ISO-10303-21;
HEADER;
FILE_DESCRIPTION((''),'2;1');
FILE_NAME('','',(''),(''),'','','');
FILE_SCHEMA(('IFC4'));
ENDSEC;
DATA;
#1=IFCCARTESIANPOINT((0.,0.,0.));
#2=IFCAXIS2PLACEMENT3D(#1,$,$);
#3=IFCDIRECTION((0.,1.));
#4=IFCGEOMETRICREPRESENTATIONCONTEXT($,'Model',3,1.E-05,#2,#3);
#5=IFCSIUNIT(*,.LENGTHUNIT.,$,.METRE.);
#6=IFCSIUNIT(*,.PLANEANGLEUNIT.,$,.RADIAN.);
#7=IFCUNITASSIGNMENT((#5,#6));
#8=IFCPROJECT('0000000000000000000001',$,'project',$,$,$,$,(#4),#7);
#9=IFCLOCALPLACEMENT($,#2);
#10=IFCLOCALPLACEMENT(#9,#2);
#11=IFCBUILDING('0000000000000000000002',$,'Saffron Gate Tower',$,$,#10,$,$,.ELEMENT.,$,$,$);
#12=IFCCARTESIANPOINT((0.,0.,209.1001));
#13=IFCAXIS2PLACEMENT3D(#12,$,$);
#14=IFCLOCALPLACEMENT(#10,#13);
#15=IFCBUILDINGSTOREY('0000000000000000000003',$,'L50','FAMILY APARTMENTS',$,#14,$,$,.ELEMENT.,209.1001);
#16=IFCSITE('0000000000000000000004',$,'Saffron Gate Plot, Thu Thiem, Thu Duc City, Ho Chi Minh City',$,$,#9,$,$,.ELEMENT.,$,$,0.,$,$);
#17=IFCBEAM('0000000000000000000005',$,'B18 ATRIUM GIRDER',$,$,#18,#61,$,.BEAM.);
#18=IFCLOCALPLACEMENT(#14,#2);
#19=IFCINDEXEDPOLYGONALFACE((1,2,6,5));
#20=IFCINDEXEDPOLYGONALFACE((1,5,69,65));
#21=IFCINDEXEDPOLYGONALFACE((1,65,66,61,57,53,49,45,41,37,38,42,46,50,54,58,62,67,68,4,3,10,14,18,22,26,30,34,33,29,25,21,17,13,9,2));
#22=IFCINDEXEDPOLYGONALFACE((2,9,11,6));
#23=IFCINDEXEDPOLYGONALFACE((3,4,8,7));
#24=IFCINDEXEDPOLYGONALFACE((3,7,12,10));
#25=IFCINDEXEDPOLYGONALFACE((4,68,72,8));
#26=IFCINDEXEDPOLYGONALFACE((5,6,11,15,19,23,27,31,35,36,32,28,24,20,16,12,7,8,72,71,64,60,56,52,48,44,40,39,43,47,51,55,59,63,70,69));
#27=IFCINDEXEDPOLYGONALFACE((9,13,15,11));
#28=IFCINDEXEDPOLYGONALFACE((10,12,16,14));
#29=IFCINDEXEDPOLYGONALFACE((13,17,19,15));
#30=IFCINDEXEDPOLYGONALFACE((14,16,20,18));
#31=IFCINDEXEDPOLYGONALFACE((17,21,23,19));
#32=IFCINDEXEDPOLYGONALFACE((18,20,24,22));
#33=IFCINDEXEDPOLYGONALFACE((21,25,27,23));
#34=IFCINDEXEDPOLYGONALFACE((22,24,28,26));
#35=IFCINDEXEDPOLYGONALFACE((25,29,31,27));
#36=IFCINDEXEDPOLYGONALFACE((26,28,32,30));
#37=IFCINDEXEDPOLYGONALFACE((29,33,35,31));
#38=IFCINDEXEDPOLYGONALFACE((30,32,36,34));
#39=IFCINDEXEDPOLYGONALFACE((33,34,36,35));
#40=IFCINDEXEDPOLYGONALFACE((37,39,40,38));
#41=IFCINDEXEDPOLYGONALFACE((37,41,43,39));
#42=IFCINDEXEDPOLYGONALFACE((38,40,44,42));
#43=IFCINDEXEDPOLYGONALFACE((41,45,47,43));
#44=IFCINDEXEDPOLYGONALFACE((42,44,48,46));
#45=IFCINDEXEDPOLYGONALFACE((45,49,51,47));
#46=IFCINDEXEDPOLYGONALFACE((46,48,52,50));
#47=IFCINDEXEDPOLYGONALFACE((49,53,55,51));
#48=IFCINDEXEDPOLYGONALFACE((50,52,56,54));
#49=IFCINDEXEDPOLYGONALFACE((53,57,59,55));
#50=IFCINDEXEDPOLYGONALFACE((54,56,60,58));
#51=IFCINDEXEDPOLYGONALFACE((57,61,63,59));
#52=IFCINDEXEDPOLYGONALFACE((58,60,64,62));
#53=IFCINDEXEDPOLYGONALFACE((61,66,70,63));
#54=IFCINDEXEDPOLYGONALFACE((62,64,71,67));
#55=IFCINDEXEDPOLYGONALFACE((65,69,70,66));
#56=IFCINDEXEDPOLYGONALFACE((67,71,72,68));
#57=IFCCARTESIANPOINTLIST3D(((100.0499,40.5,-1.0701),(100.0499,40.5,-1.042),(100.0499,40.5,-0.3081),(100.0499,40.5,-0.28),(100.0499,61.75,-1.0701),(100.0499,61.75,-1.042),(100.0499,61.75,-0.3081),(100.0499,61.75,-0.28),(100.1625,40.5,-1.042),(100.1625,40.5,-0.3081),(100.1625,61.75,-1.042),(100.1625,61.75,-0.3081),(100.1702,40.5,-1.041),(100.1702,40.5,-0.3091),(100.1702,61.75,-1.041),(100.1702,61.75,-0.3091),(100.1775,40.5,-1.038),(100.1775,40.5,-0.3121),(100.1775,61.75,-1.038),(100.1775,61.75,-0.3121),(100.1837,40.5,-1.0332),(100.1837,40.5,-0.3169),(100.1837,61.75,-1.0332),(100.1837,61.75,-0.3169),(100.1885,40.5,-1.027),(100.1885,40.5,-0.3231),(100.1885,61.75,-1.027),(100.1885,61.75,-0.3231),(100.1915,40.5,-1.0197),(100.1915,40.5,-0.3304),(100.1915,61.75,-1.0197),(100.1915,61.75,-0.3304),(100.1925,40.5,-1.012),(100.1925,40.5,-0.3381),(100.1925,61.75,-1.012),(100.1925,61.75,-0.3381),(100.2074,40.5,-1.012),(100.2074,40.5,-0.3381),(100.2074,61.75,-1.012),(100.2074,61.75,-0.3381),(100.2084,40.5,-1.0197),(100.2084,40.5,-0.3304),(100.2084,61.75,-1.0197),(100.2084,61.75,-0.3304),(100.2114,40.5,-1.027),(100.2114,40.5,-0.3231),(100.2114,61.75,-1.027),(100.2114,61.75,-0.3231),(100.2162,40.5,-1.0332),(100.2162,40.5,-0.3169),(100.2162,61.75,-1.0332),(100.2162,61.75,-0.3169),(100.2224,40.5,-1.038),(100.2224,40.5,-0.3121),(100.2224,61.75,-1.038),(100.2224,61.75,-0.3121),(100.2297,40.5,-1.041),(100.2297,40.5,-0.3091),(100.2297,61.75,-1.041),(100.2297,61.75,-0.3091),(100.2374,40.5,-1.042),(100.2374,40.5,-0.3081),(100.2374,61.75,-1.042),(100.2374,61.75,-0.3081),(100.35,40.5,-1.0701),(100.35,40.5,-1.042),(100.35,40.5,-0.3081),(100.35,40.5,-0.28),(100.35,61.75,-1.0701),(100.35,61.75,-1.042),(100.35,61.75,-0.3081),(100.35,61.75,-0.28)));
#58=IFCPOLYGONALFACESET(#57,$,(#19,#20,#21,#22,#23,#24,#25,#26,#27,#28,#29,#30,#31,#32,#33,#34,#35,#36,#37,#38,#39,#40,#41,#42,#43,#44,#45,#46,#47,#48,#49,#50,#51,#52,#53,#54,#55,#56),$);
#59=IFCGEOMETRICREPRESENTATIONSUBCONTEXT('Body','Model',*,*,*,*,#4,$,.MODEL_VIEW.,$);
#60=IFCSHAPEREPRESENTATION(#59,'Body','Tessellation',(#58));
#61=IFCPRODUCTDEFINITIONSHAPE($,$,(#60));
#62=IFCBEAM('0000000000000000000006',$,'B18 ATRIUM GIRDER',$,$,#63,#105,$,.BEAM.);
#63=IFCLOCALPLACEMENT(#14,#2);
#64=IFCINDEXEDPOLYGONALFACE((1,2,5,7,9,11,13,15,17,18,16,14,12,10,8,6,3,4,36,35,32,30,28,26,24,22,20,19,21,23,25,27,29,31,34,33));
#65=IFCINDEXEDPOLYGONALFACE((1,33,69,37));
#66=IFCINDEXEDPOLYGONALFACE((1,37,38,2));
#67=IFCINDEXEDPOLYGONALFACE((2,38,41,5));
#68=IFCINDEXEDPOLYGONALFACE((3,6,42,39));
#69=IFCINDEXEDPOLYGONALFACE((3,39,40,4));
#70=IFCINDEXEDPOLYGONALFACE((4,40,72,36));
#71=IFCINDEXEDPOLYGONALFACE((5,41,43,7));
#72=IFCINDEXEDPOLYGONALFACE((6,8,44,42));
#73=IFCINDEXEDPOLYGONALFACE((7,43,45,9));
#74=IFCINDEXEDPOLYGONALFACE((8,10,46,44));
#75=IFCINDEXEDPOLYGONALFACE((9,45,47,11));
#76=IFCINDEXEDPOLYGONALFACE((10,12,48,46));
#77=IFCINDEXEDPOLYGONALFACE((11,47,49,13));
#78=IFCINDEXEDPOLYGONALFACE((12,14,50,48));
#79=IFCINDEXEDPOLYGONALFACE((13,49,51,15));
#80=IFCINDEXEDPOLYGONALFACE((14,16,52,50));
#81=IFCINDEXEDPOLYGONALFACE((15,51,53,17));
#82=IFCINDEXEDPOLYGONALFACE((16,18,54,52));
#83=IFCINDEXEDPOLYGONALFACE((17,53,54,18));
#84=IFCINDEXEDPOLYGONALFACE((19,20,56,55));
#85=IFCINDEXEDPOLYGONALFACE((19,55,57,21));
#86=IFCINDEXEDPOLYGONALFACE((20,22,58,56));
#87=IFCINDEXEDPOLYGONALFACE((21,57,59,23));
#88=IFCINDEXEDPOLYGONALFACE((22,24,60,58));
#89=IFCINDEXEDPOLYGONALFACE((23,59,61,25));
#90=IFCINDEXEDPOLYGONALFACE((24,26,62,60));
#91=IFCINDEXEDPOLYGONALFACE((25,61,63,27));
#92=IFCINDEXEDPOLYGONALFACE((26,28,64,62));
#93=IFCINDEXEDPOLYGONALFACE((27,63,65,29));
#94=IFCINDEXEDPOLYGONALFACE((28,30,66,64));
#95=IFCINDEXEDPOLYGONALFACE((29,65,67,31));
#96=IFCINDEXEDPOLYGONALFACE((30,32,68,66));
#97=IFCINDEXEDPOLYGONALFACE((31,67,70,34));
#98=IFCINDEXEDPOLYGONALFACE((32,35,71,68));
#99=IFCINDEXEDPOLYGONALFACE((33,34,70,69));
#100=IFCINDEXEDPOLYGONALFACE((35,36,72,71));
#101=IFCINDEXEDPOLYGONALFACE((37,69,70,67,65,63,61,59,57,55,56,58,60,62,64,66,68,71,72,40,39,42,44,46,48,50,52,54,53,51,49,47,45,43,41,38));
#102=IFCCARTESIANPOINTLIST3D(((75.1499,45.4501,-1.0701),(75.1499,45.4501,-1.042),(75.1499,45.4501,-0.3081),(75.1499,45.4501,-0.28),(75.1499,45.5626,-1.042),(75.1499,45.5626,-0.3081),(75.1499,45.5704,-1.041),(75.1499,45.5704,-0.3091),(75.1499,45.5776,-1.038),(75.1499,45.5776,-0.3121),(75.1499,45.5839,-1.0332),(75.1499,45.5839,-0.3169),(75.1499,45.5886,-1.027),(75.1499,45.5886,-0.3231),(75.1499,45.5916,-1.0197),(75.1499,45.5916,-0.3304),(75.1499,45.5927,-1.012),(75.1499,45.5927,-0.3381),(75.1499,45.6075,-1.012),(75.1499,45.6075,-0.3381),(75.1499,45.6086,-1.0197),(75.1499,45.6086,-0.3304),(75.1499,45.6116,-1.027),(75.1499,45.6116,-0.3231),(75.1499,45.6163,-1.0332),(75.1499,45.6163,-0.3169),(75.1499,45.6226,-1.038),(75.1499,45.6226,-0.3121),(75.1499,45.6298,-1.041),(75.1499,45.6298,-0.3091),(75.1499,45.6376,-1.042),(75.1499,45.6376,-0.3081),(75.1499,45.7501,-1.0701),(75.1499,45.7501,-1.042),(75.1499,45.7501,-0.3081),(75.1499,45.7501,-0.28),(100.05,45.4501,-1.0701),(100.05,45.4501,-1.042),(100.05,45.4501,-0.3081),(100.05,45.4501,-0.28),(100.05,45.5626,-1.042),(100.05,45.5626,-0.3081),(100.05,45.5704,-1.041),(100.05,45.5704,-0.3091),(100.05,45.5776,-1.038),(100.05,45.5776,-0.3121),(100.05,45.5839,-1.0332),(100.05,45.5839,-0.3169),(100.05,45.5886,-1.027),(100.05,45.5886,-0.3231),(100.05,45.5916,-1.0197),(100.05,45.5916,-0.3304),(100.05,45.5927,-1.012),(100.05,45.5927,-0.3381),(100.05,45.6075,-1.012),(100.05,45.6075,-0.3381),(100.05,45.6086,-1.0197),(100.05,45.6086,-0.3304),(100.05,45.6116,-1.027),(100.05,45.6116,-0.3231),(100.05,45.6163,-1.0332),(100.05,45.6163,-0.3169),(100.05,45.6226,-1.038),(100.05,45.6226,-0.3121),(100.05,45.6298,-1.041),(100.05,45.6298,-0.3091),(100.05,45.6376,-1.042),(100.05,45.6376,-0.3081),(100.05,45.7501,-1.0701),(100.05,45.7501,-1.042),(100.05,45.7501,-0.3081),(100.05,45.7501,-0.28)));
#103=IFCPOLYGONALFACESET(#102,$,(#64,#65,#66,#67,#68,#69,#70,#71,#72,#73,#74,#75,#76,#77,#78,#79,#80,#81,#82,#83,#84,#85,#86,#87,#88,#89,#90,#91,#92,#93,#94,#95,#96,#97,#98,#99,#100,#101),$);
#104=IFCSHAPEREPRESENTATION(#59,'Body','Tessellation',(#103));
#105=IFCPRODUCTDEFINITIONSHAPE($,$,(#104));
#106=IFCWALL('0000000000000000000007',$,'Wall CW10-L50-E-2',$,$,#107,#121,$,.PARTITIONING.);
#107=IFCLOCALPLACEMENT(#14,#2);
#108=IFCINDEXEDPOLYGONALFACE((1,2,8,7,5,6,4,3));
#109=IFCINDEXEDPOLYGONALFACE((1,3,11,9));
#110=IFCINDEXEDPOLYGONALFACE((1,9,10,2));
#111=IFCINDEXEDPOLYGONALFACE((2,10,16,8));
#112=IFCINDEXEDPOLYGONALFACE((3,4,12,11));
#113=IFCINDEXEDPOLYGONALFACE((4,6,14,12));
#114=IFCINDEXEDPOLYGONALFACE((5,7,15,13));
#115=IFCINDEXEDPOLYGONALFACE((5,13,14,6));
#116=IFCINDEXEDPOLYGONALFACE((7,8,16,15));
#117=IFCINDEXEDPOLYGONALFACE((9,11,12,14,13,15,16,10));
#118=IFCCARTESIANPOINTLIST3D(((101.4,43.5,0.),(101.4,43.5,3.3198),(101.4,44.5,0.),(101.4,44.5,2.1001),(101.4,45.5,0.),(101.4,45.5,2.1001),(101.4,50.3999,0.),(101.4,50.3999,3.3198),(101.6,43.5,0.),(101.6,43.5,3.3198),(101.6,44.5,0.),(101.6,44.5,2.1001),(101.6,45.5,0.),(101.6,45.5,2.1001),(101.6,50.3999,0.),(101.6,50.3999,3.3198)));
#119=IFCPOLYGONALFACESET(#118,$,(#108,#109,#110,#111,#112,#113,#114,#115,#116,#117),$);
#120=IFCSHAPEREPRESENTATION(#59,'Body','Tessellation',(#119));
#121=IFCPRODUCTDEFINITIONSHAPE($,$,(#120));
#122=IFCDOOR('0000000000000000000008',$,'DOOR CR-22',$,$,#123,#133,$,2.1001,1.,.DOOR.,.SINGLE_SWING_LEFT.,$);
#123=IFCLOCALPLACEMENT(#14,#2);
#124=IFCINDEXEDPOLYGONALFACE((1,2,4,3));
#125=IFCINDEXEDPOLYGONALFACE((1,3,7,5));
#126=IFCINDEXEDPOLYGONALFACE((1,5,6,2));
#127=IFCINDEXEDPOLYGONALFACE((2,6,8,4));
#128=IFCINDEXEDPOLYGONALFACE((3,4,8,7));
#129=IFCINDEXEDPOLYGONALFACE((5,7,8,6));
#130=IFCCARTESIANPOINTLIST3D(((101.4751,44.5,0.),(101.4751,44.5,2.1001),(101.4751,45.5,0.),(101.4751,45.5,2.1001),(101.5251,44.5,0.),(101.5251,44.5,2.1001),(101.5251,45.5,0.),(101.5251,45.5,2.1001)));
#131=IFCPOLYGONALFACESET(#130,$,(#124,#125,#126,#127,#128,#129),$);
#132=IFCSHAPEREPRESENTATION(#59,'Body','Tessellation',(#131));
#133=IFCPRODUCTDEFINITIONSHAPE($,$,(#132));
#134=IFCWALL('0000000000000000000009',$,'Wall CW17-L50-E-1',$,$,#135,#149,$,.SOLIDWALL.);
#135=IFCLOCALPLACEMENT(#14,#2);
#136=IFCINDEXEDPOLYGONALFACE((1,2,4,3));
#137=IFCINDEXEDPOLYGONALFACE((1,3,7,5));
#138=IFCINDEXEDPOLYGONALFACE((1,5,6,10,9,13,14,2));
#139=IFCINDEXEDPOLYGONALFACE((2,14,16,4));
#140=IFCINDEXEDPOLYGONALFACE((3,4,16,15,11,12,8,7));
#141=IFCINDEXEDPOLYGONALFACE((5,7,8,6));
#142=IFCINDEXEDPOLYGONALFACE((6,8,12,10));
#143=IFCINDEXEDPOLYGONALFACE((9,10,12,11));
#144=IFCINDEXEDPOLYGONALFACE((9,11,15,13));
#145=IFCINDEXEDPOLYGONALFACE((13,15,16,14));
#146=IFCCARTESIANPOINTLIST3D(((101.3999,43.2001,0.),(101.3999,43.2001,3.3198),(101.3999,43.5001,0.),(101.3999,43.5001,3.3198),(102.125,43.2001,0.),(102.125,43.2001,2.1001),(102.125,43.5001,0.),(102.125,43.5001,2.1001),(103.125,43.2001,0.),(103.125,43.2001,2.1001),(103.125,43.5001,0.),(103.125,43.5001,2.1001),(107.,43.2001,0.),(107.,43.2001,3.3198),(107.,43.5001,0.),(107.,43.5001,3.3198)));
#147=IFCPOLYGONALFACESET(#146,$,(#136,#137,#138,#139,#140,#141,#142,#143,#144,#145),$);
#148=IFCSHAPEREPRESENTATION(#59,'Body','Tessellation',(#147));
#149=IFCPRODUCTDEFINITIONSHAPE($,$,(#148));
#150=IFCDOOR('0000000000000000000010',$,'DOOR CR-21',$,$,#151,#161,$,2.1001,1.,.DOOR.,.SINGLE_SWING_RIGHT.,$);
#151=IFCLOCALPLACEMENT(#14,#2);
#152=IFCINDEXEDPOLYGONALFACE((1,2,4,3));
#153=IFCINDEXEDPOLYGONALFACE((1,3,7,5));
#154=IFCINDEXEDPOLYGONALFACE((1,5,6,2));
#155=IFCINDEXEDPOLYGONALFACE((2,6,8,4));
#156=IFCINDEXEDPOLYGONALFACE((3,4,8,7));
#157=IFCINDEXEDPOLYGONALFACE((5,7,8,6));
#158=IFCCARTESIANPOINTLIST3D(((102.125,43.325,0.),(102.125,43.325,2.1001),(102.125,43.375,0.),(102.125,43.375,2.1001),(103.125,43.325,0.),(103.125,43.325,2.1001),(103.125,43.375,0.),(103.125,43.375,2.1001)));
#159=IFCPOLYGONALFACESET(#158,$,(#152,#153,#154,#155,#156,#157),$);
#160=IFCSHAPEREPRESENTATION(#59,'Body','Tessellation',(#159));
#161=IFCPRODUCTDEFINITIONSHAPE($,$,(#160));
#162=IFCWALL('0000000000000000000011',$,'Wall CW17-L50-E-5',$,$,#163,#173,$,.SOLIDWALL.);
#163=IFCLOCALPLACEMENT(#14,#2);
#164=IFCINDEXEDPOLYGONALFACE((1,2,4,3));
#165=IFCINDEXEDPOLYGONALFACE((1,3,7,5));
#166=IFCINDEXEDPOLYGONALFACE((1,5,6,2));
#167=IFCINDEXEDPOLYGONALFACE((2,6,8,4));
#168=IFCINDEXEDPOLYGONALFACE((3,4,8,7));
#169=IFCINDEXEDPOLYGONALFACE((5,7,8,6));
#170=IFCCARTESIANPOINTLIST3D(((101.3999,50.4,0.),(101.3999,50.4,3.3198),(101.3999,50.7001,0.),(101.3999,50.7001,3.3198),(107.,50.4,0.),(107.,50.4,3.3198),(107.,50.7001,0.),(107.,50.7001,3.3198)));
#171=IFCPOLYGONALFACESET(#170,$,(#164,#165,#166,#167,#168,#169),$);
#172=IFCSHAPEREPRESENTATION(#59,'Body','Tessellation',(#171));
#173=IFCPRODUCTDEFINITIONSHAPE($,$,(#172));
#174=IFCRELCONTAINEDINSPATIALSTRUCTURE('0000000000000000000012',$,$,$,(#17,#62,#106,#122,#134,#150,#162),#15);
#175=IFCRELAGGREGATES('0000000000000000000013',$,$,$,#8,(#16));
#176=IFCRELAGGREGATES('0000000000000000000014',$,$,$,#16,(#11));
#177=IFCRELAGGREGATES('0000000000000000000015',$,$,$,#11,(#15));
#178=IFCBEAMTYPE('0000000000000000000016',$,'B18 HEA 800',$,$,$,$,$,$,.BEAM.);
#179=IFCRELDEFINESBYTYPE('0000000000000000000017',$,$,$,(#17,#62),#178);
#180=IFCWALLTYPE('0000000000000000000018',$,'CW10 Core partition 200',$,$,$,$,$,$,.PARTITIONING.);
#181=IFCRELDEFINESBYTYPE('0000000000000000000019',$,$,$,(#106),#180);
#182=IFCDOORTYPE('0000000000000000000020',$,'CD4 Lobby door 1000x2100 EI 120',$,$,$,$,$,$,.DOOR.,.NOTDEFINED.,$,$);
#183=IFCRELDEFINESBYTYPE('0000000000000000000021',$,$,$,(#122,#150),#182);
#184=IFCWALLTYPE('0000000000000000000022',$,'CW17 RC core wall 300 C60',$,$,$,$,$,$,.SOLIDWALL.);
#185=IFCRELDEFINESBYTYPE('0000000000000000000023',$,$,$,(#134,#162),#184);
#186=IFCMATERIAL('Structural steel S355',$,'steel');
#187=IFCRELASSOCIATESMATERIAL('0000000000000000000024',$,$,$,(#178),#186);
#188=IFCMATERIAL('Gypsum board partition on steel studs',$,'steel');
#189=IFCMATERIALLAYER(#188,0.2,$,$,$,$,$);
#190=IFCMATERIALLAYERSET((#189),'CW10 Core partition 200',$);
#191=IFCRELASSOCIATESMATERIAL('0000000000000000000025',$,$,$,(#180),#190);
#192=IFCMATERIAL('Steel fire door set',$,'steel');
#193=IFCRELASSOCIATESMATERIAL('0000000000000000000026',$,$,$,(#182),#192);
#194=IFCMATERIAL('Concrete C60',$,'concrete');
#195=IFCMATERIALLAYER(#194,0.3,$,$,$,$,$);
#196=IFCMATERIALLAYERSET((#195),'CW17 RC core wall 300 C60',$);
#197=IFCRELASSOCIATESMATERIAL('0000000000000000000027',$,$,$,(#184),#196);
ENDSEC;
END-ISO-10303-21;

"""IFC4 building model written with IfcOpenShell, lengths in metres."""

from ifc_helpers import new_model, si_unit, direction, frame, frame_2d, origin, origin_2d, place, context, subcontext, project, spatial, rectangle, i_section, extrude, material, layer, layer_set, material_profile, profile_set, type_object, element, fill, save


model = new_model("IFC4")

# Units and contexts
model_context = context("Model", 3, precision=1e-05, world=origin(), true_north=direction((0.0, 1.0)))
body_context = subcontext(model_context, "Body", "Model", "MODEL_VIEW")
ifc_project = project(units=[si_unit("LENGTHUNIT", "METRE"), si_unit("PLANEANGLEUNIT", "RADIAN")], contexts=[model_context])

# Site, building, storey
site_placement = place(None, origin())
site = spatial("IfcSite", under=ifc_project, at=site_placement, Name="Saffron Gate Plot, Thu Thiem, Thu Duc City, Ho Chi Minh City", CompositionType="ELEMENT", RefElevation=0.0)
building_placement = place(site_placement, origin())
building = spatial("IfcBuilding", under=site, at=building_placement, Name="Saffron Gate Tower", CompositionType="ELEMENT")
storey_placement = place(building_placement, frame((0.0, 0.0, 209.1001)))
storey = spatial("IfcBuildingStorey", under=building, at=storey_placement, Name="L50", Description="FAMILY APARTMENTS", CompositionType="ELEMENT", Elevation=209.1001)

# Beams
ifc_material_1 = material(Name="Structural steel S355", Category="steel")
ifc_material_profile_1 = material_profile(ifc_material_1, i_section(OverallWidth=0.3, OverallDepth=0.79, WebThickness=0.0149, FlangeThickness=0.0281, FilletRadius=0.03, at=origin_2d()))
ifc_profile_set_1 = profile_set([ifc_material_profile_1], Name="Structural steel S355")
beam_type_1 = type_object("IfcBeamType", Name="B18 HEA 800", PredefinedType="BEAM", material=ifc_profile_set_1)
beam_1_placement = place(storey_placement, frame((100.2, 40.5, -0.675), z_axis=(0.0, 1.0, 0.0), x_axis=(-1.0, 0.0, 0.0)))
element("IfcBeam", 1, at=beam_1_placement, inside=storey, type_object=beam_type_1, Name="B18 ATRIUM GIRDER", PredefinedType="BEAM", context=body_context, shape_type="SweptSolid", body=[
    extrude(i_section(OverallWidth=0.3, OverallDepth=0.79, WebThickness=0.0149, FlangeThickness=0.0281, FilletRadius=0.03, at=origin_2d()), origin(), (0.0, 0.0, 1.0), 21.25),
])
beam_2_placement = place(storey_placement, frame((75.1499, 45.6001, -0.675), z_axis=(1.0, 0.0, 0.0), x_axis=(0.0, 1.0, 0.0)))
element("IfcBeam", 2, at=beam_2_placement, inside=storey, type_object=beam_type_1, Name="B18 ATRIUM GIRDER", PredefinedType="BEAM", context=body_context, shape_type="SweptSolid", body=[
    extrude(i_section(OverallWidth=0.3, OverallDepth=0.79, WebThickness=0.0149, FlangeThickness=0.0281, FilletRadius=0.03, at=origin_2d()), origin(), (0.0, 0.0, 1.0), 24.9001),
])

# Walls, openings, doors
ifc_material_2 = material(Name="Gypsum board partition on steel studs", Category="steel")
ifc_layer_1 = layer(ifc_material_2, 0.2)
ifc_layer_set_1 = layer_set([ifc_layer_1], Name="CW10 Core partition 200")
wall_type_1 = type_object("IfcWallType", Name="CW10 Core partition 200", PredefinedType="PARTITIONING", material=ifc_layer_set_1)
wall_1_placement = place(storey_placement, frame((101.5, 43.5, 0.0), z_axis=(0.0, 0.0, 1.0), x_axis=(0.0, 1.0, 0.0)))
wall_1 = element("IfcWall", 3, at=wall_1_placement, inside=storey, type_object=wall_type_1, Name="Wall CW10-L50-E-2", PredefinedType="PARTITIONING", context=body_context, shape_type="SweptSolid", body=[
    extrude(rectangle(XDim=6.8999, YDim=0.2, at=frame_2d((3.45, 0.0))), origin(), (0.0, 0.0, 1.0), 3.3198),
])
opening_1_placement = place(wall_1_placement, frame((1.0, 0.0, 0.0)))
opening_1 = element("IfcOpeningElement", 4, at=opening_1_placement, cuts=wall_1, PredefinedType="OPENING", context=body_context, shape_type="SweptSolid", body=[
    extrude(rectangle(XDim=1.0, YDim=2.1001, at=frame_2d((0.5, 1.05))), frame((0.0, 0.1099, 0.0), z_axis=(0.0, -1.0, 0.0), x_axis=(1.0, 0.0, 0.0)), (0.0, 0.0, 1.0), 0.22),
])
ifc_material_3 = material(Name="Steel fire door set", Category="steel")
door_type_1 = type_object("IfcDoorType", Name="CD4 Lobby door 1000x2100 EI 120", OperationType="NOTDEFINED", PredefinedType="DOOR", material=ifc_material_3)
door_1_placement = place(opening_1_placement, origin())
door_1 = element("IfcDoor", 5, at=door_1_placement, inside=storey, type_object=door_type_1, Name="DOOR CR-22", OperationType="SINGLE_SWING_LEFT", OverallHeight=2.1001, OverallWidth=1.0, PredefinedType="DOOR", context=body_context, shape_type="SweptSolid", body=[
    extrude(rectangle(XDim=1.0, YDim=2.1001, at=frame_2d((0.5, 1.05))), frame((0.0, 0.0249, 0.0), z_axis=(0.0, -1.0, 0.0), x_axis=(1.0, 0.0, 0.0)), (0.0, 0.0, 1.0), 0.05),
])
fill(opening_1, door_1)
ifc_material_4 = material(Name="Concrete C60", Category="concrete")
ifc_layer_2 = layer(ifc_material_4, 0.3)
ifc_layer_set_2 = layer_set([ifc_layer_2], Name="CW17 RC core wall 300 C60")
wall_type_2 = type_object("IfcWallType", Name="CW17 RC core wall 300 C60", PredefinedType="SOLIDWALL", material=ifc_layer_set_2)
wall_2_placement = place(storey_placement, frame((101.3999, 43.3501, 0.0), z_axis=(0.0, 0.0, 1.0), x_axis=(1.0, 0.0, 0.0)))
wall_2 = element("IfcWall", 6, at=wall_2_placement, inside=storey, type_object=wall_type_2, Name="Wall CW17-L50-E-1", PredefinedType="SOLIDWALL", context=body_context, shape_type="SweptSolid", body=[
    extrude(rectangle(XDim=5.6001, YDim=0.3, at=frame_2d((2.8, 0.0))), origin(), (0.0, 0.0, 1.0), 3.3198),
])
opening_2_placement = place(wall_2_placement, frame((0.7251, 0.0, 0.0)))
opening_2 = element("IfcOpeningElement", 7, at=opening_2_placement, cuts=wall_2, PredefinedType="OPENING", context=body_context, shape_type="SweptSolid", body=[
    extrude(rectangle(XDim=1.0, YDim=2.1001, at=frame_2d((0.5, 1.05))), frame((0.0, 0.1602, 0.0), z_axis=(0.0, -1.0, 0.0), x_axis=(1.0, 0.0, 0.0)), (0.0, 0.0, 1.0), 0.3201),
])
door_2_placement = place(opening_2_placement, origin())
door_2 = element("IfcDoor", 8, at=door_2_placement, inside=storey, type_object=door_type_1, Name="DOOR CR-21", OperationType="SINGLE_SWING_RIGHT", OverallHeight=2.1001, OverallWidth=1.0, PredefinedType="DOOR", context=body_context, shape_type="SweptSolid", body=[
    extrude(rectangle(XDim=1.0, YDim=2.1001, at=frame_2d((0.5, 1.05))), frame((0.0, 0.0249, 0.0), z_axis=(0.0, -1.0, 0.0), x_axis=(1.0, 0.0, 0.0)), (0.0, 0.0, 1.0), 0.05),
])
fill(opening_2, door_2)

# Wall
wall_3_placement = place(storey_placement, frame((101.3999, 50.55, 0.0), z_axis=(0.0, 0.0, 1.0), x_axis=(1.0, 0.0, 0.0)))
element("IfcWall", 9, at=wall_3_placement, inside=storey, type_object=wall_type_2, Name="Wall CW17-L50-E-5", PredefinedType="SOLIDWALL", context=body_context, shape_type="SweptSolid", body=[
    extrude(rectangle(XDim=5.6001, YDim=0.3, at=frame_2d((2.8, 0.0))), origin(), (0.0, 0.0, 1.0), 3.3198),
])

save(model, "model.ifc")
